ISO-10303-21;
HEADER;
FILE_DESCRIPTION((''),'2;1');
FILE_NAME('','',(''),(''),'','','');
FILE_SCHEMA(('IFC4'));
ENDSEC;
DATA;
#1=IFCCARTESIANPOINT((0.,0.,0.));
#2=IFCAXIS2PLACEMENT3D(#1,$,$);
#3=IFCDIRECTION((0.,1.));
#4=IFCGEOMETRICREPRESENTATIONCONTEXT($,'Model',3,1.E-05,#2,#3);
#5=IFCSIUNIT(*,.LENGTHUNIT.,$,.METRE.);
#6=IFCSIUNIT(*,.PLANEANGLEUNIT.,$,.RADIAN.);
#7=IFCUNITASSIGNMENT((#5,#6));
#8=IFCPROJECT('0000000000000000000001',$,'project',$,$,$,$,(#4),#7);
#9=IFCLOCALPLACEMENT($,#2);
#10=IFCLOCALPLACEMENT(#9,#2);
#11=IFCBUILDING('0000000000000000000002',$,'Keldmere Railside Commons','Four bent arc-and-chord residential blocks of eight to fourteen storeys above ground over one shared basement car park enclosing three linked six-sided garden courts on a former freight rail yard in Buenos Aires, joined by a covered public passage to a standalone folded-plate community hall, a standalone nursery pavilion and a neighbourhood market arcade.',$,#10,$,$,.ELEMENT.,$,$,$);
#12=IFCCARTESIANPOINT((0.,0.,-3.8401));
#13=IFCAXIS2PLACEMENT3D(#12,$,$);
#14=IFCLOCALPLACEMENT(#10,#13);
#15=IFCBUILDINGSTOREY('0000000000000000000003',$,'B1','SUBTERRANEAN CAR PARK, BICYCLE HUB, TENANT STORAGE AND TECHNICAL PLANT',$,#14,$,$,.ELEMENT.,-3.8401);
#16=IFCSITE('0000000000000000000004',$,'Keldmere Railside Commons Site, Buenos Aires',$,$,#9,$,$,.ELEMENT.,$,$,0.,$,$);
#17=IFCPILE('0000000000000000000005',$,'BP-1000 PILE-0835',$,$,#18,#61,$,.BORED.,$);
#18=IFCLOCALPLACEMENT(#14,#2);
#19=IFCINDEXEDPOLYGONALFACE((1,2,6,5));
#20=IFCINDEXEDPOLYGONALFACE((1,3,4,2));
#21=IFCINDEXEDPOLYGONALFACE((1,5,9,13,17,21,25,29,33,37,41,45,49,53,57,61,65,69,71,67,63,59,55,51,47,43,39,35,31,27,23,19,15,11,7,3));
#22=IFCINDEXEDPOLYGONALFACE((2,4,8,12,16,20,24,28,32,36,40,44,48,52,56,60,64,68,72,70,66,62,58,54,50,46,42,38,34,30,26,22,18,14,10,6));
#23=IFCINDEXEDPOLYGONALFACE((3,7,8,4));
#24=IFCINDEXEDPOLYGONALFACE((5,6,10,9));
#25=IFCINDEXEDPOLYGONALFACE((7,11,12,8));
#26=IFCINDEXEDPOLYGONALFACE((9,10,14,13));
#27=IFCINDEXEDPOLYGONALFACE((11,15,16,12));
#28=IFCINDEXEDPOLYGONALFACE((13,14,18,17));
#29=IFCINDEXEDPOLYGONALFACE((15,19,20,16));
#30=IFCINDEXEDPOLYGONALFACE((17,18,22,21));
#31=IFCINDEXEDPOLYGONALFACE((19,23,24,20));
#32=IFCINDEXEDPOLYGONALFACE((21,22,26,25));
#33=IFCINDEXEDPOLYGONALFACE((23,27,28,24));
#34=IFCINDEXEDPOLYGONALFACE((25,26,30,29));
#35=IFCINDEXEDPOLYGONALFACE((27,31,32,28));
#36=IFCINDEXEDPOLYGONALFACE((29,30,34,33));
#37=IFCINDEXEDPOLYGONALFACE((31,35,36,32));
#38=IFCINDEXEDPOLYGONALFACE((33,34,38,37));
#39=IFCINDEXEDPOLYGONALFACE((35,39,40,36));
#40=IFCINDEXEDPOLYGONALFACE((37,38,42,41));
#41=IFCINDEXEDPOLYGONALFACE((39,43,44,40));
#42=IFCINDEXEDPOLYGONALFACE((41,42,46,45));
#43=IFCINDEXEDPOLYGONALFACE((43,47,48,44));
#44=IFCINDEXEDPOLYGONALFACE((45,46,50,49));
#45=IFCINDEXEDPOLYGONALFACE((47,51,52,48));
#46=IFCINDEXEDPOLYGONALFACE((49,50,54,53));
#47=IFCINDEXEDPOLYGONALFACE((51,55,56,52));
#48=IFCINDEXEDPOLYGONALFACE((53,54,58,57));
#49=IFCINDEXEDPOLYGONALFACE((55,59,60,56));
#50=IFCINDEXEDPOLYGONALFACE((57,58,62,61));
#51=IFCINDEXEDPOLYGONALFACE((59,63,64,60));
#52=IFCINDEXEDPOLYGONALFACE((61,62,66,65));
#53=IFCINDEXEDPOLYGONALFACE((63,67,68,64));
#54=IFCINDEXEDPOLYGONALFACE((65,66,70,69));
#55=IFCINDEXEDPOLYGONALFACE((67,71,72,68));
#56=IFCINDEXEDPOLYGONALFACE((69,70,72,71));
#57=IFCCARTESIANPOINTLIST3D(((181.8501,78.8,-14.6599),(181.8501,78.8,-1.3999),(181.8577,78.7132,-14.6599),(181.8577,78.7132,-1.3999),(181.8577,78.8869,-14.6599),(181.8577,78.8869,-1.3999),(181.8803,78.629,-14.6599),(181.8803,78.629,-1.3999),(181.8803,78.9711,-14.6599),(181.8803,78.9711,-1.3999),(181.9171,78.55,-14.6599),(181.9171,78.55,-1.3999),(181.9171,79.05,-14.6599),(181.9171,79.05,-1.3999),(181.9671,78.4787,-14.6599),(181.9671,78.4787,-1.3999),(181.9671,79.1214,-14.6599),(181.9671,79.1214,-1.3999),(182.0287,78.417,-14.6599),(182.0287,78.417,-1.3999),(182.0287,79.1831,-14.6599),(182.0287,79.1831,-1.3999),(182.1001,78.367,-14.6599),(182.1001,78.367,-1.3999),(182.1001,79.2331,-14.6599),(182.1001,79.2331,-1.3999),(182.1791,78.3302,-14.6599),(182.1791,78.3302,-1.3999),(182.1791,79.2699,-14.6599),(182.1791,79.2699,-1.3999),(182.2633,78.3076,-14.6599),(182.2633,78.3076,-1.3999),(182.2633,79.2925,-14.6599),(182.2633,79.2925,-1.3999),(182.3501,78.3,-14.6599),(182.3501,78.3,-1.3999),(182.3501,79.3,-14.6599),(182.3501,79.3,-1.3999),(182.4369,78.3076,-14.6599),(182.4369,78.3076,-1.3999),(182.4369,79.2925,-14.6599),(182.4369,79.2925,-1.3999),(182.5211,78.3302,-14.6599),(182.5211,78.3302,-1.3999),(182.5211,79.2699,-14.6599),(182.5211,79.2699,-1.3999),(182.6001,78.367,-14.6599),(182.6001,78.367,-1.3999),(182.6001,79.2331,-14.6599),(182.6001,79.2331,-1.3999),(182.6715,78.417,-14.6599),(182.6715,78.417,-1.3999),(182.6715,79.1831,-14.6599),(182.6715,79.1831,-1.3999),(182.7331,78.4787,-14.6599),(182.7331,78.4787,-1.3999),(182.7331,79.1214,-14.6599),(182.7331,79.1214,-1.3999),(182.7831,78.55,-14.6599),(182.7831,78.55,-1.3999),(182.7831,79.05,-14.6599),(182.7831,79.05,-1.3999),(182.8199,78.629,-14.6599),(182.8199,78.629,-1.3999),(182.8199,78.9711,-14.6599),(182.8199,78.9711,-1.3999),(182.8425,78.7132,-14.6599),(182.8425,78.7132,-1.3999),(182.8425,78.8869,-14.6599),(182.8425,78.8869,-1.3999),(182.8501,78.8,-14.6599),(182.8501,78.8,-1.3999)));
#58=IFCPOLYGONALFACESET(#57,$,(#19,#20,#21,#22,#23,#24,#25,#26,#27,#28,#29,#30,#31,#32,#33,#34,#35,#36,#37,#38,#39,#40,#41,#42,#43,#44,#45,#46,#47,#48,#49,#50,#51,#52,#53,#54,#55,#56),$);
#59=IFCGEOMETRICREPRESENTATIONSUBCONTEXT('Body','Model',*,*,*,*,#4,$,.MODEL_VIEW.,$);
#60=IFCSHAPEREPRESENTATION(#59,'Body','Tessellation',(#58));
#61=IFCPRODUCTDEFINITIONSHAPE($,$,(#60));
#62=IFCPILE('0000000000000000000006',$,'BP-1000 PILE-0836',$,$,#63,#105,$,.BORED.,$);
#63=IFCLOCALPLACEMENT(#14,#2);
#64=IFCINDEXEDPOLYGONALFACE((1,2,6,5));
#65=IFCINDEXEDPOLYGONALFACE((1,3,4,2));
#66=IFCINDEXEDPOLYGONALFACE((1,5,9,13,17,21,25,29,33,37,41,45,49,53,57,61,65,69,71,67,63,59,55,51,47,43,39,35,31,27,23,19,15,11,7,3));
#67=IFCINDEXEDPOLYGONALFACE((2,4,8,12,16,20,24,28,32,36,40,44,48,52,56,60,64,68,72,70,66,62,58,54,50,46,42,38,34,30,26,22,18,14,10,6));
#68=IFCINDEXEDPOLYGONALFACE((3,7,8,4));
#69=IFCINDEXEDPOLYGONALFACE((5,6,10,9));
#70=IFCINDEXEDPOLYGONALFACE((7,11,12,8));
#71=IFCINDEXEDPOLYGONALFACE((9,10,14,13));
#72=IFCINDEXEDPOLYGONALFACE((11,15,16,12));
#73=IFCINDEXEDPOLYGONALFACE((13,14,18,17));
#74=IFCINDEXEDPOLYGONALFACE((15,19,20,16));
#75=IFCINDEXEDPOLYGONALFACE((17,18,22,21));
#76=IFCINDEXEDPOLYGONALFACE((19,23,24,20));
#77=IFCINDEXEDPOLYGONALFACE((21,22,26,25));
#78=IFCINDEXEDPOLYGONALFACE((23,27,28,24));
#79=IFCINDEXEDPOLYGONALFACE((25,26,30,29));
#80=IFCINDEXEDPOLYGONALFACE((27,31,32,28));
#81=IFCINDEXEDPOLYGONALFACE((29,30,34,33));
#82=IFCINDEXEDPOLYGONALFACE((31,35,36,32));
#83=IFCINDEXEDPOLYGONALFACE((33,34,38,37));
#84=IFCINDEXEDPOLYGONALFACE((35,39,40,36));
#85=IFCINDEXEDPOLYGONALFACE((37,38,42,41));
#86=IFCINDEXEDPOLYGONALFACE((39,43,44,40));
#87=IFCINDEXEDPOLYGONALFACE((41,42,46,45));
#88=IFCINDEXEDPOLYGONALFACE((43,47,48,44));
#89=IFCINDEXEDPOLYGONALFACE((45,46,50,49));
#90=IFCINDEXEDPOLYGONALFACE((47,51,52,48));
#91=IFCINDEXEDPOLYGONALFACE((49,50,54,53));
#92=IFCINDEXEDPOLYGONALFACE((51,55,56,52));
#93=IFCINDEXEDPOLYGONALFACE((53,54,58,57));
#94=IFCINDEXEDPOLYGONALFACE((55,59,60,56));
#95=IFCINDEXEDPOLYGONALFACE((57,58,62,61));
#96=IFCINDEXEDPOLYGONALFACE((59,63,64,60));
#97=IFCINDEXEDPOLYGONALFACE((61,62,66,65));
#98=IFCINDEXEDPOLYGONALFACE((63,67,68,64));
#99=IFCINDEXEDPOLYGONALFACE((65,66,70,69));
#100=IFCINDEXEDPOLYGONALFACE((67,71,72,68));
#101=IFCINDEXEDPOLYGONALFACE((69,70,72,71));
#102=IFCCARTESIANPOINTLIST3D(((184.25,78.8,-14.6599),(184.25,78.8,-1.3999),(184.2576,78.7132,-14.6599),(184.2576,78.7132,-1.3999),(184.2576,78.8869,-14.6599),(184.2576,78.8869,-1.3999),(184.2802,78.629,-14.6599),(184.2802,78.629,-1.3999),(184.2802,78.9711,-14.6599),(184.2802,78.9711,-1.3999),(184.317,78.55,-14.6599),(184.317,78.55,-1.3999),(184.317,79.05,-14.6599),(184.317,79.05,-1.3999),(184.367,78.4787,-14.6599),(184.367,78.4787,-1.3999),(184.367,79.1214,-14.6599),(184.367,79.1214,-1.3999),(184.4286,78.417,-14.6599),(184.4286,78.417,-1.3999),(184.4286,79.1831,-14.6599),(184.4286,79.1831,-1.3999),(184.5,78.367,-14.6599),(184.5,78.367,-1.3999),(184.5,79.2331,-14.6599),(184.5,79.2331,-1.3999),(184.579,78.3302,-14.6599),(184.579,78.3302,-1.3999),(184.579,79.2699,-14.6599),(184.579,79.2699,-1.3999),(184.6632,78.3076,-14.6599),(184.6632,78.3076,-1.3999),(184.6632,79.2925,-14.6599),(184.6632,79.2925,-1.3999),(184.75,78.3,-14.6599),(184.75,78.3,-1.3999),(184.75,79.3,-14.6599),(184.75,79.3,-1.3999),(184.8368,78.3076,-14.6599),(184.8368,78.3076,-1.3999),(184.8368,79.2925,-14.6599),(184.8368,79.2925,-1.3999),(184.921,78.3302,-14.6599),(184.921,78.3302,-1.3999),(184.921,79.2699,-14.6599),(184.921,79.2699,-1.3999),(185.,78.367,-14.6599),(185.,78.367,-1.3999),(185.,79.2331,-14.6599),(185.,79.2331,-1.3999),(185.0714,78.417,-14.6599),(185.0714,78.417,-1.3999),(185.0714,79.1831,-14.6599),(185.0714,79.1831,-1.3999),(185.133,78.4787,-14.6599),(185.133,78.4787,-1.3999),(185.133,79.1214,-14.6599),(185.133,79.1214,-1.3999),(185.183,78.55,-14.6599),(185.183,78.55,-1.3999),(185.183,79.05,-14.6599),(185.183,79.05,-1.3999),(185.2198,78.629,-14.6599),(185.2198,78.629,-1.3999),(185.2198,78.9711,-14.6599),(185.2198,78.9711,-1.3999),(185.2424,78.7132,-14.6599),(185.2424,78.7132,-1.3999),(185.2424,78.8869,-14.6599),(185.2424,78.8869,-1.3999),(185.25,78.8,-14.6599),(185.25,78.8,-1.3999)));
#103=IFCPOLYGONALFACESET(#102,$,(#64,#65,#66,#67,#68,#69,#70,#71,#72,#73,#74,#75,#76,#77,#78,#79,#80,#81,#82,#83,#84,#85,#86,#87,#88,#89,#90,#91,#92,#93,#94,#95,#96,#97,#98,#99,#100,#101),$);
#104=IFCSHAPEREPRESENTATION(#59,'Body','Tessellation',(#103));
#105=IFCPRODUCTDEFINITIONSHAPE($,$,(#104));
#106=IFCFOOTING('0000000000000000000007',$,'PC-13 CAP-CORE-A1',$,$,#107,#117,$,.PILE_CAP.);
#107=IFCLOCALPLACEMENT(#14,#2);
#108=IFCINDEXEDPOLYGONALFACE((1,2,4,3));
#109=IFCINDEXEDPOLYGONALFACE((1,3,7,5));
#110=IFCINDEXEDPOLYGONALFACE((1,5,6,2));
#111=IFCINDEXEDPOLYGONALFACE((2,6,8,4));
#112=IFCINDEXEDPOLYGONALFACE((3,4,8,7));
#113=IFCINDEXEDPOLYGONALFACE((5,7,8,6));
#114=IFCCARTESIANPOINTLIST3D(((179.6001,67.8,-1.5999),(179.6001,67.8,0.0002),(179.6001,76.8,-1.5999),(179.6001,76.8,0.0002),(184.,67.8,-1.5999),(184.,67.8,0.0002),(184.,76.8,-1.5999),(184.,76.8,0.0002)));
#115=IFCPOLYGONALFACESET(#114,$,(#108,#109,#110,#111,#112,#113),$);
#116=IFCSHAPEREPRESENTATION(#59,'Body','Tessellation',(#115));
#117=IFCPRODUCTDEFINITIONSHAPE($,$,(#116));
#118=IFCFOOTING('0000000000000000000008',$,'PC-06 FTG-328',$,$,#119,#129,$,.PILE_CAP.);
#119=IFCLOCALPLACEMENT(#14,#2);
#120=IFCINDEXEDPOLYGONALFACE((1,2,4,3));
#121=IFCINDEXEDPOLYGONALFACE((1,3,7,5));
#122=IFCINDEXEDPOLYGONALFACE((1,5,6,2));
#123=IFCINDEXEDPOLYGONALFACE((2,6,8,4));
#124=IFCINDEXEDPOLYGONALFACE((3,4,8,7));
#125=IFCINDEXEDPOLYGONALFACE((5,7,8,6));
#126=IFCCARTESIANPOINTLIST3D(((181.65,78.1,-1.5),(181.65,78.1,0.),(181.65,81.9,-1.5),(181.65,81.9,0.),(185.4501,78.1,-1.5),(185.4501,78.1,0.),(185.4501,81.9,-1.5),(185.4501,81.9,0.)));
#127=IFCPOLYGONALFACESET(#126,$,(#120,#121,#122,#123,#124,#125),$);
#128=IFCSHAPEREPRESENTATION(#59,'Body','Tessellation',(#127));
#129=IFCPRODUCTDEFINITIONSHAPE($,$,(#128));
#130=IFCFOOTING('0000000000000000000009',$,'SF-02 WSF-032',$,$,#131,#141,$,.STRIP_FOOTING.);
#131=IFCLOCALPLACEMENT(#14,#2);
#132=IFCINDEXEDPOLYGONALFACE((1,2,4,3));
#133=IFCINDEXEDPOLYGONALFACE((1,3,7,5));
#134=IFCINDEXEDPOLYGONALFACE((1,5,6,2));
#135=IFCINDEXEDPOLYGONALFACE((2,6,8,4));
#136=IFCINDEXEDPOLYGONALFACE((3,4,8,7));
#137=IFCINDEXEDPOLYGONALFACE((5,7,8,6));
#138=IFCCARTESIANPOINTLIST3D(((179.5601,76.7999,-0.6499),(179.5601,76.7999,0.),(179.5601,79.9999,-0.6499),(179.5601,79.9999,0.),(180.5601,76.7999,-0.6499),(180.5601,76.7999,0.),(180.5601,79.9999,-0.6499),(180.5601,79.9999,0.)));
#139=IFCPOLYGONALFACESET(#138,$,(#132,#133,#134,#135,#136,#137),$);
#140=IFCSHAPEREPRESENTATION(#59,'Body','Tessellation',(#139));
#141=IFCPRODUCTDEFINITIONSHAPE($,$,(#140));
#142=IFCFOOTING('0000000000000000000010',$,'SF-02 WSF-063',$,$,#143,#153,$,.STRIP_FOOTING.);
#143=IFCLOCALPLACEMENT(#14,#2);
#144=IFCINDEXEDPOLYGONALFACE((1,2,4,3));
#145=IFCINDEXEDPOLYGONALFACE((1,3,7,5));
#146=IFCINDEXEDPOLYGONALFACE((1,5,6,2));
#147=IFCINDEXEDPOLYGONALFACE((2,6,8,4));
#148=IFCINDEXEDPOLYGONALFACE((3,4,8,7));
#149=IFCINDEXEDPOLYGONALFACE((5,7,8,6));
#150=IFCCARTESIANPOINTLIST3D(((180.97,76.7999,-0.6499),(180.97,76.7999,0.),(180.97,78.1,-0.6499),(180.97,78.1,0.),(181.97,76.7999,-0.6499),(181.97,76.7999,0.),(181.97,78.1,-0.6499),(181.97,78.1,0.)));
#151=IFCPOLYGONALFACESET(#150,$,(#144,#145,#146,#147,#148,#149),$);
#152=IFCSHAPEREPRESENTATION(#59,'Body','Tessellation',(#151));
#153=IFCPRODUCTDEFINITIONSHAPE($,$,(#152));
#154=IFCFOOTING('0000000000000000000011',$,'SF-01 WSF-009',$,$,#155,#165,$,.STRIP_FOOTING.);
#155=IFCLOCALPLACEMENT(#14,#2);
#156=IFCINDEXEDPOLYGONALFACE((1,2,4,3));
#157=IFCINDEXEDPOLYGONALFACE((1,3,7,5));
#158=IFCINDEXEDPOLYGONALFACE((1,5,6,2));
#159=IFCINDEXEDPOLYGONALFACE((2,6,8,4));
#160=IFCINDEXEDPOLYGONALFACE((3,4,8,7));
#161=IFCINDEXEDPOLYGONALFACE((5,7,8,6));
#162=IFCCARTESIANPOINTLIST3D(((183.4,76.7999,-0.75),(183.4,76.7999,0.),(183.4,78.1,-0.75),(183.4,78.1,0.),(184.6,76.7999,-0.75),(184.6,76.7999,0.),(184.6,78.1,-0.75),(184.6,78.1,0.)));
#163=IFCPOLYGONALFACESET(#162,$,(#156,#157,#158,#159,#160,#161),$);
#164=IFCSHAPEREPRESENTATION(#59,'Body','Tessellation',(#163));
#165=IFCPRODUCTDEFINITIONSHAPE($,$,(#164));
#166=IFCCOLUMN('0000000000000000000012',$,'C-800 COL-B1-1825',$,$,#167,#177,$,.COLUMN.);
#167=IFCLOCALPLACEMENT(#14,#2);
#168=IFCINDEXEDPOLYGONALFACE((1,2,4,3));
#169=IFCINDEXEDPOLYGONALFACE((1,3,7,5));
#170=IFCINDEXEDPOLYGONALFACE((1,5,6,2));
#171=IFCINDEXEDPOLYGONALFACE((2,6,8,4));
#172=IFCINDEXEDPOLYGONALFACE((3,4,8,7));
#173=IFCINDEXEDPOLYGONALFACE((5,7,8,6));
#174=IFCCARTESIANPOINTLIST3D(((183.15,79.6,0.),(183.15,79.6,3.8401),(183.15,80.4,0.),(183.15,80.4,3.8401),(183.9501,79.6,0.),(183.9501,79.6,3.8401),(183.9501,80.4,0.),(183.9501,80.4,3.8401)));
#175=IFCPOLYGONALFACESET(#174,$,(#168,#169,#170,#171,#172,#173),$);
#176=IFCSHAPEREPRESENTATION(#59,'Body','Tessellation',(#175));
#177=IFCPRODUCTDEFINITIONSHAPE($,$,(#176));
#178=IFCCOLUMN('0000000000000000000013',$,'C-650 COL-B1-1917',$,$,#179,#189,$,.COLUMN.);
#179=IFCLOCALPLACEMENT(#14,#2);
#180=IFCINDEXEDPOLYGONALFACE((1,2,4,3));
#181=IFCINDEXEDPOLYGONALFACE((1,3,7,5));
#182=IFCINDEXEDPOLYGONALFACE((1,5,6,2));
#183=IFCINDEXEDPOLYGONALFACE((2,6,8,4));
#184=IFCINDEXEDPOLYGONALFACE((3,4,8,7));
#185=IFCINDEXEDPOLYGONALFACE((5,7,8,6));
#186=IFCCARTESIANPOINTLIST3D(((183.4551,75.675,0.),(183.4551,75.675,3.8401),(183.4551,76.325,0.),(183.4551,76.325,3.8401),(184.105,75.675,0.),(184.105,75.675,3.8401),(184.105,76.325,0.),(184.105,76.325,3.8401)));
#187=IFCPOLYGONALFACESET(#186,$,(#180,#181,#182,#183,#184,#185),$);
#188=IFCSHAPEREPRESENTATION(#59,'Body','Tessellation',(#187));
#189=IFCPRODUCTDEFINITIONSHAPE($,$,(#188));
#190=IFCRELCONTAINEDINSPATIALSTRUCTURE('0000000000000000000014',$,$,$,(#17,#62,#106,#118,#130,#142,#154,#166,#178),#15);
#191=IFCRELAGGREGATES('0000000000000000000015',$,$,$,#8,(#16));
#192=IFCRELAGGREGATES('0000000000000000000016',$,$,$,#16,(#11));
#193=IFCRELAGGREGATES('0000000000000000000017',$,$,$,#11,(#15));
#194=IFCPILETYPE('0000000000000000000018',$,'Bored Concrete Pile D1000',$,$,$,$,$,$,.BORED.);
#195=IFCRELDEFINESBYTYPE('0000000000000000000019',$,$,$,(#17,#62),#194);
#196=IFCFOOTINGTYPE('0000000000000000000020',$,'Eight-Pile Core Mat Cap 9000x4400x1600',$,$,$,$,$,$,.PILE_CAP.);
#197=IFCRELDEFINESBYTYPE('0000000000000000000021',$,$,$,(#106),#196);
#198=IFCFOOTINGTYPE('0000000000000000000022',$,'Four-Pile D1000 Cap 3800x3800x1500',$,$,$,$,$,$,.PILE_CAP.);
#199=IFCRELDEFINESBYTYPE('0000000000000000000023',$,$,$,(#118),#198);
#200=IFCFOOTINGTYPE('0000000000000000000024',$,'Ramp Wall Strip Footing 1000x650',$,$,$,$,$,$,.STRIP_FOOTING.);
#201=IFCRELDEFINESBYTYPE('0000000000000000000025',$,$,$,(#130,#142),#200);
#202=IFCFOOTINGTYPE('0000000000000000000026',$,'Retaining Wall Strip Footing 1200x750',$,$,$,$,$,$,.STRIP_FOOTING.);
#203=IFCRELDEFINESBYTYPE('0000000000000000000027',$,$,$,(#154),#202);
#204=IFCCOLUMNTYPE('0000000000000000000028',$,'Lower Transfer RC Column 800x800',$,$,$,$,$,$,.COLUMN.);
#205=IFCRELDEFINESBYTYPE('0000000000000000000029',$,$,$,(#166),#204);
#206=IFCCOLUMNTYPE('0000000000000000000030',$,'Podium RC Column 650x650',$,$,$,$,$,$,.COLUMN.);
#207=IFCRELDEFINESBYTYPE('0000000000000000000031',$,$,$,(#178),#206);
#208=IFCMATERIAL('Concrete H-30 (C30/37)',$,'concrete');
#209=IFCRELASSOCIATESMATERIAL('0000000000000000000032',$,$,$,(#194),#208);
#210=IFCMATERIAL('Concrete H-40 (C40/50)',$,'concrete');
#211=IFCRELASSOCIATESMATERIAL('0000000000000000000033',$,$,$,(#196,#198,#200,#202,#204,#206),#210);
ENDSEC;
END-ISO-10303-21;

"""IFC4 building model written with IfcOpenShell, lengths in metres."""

from ifc_helpers import new_model, si_unit, direction, frame, origin, origin_2d, place, context, subcontext, project, spatial, rectangle, circle, extrude, material, material_profile, profile_set, type_object, element, save


model = new_model("IFC4")

# Units and contexts
model_context = context("Model", 3, precision=1e-05, world=origin(), true_north=direction((0.0, 1.0)))
body_context = subcontext(model_context, "Body", "Model", "MODEL_VIEW")
ifc_project = project(units=[si_unit("LENGTHUNIT", "METRE"), si_unit("PLANEANGLEUNIT", "RADIAN")], contexts=[model_context])

# Site, building, storey
site_placement = place(None, origin())
site = spatial("IfcSite", under=ifc_project, at=site_placement, Name="Keldmere Railside Commons Site, Buenos Aires", CompositionType="ELEMENT", RefElevation=0.0)
building_placement = place(site_placement, origin())
building = spatial("IfcBuilding", under=site, at=building_placement, Name="Keldmere Railside Commons", Description="Four bent arc-and-chord residential blocks of eight to fourteen storeys above ground over one shared basement car park enclosing three linked six-sided garden courts on a former freight rail yard in Buenos Aires, joined by a covered public passage to a standalone folded-plate community hall, a standalone nursery pavilion and a neighbourhood market arcade.", CompositionType="ELEMENT")
storey_placement = place(building_placement, frame((0.0, 0.0, -3.8401)))
storey = spatial("IfcBuildingStorey", under=building, at=storey_placement, Name="B1", Description="SUBTERRANEAN CAR PARK, BICYCLE HUB, TENANT STORAGE AND TECHNICAL PLANT", CompositionType="ELEMENT", Elevation=-3.8401)

# Piles
ifc_material_1 = material(Name="Concrete H-30 (C30/37)", Category="concrete")
ifc_material_profile_1 = material_profile(ifc_material_1, circle(Radius=0.5, at=origin_2d()), Name="PILE-D1000")
ifc_profile_set_1 = profile_set([ifc_material_profile_1], Name="Concrete H-30 (C30/37)")
pile_type = type_object("IfcPileType", Name="Bored Concrete Pile D1000", PredefinedType="BORED", material=ifc_profile_set_1)
for number, where, z_axis, x_axis, name in (
    (1, (182.3501, 78.8, -1.3999), (0.0, 0.0, -1.0), (1.0, 0.0, 0.0), "BP-1000 PILE-0835"),
    (2, (184.75, 78.8, -1.3999), (0.0, 0.0, -1.0), (1.0, 0.0, 0.0), "BP-1000 PILE-0836"),
):
    element("IfcPile", number, at=place(storey_placement, frame(where, z_axis=z_axis, x_axis=x_axis)), inside=storey, type_object=pile_type, Name=name, PredefinedType="BORED", context=body_context, shape_type="SweptSolid", body=[
        extrude(circle(Radius=0.5, at=origin_2d()), origin(), (0.0, 0.0, 1.0), 13.26),
    ])

# Footings
ifc_material_2 = material(Name="Concrete H-40 (C40/50)", Category="concrete")
footing_type_1 = type_object("IfcFootingType", Name="Eight-Pile Core Mat Cap 9000x4400x1600", PredefinedType="PILE_CAP", material=ifc_material_2)
footing_1_placement = place(storey_placement, frame((181.8, 72.3, -1.5999), z_axis=(0.0, 0.0, 1.0), x_axis=(0.0, 1.0, 0.0)))
element("IfcFooting", 3, at=footing_1_placement, inside=storey, type_object=footing_type_1, Name="PC-13 CAP-CORE-A1", PredefinedType="PILE_CAP", context=body_context, shape_type="SweptSolid", body=[
    extrude(rectangle(XDim=9.0, YDim=4.3999, at=origin_2d()), origin(), (0.0, 0.0, 1.0), 1.6001),
])
footing_type_2 = type_object("IfcFootingType", Name="Four-Pile D1000 Cap 3800x3800x1500", PredefinedType="PILE_CAP", material=ifc_material_2)
footing_2_placement = place(storey_placement, frame((183.55, 80.0, -1.5), z_axis=(0.0, 0.0, 1.0), x_axis=(1.0, 0.0, 0.0)))
element("IfcFooting", 4, at=footing_2_placement, inside=storey, type_object=footing_type_2, Name="PC-06 FTG-328", PredefinedType="PILE_CAP", context=body_context, shape_type="SweptSolid", body=[
    extrude(rectangle(XDim=3.8, YDim=3.8, at=origin_2d()), origin(), (0.0, 0.0, 1.0), 1.5),
])
footing_type_3 = type_object("IfcFootingType", Name="Ramp Wall Strip Footing 1000x650", PredefinedType="STRIP_FOOTING", material=ifc_material_2)
footing_3_placement = place(storey_placement, frame((180.0601, 78.3999, -0.6499), z_axis=(0.0, 0.0, 1.0), x_axis=(0.0, 1.0, 0.0)))
element("IfcFooting", 5, at=footing_3_placement, inside=storey, type_object=footing_type_3, Name="SF-02 WSF-032", PredefinedType="STRIP_FOOTING", context=body_context, shape_type="SweptSolid", body=[
    extrude(rectangle(XDim=3.2, YDim=1.0, at=origin_2d()), origin(), (0.0, 0.0, 1.0), 0.6499),
])
footing_4_placement = place(storey_placement, frame((181.47, 77.45, -0.6499), z_axis=(0.0, 0.0, 1.0), x_axis=(0.0, 1.0, 0.0)))
element("IfcFooting", 6, at=footing_4_placement, inside=storey, type_object=footing_type_3, Name="SF-02 WSF-063", PredefinedType="STRIP_FOOTING", context=body_context, shape_type="SweptSolid", body=[
    extrude(rectangle(XDim=1.3, YDim=1.0, at=origin_2d()), origin(), (0.0, 0.0, 1.0), 0.6499),
])
footing_type_4 = type_object("IfcFootingType", Name="Retaining Wall Strip Footing 1200x750", PredefinedType="STRIP_FOOTING", material=ifc_material_2)
footing_5_placement = place(storey_placement, frame((184.0, 77.45, -0.75), z_axis=(0.0, 0.0, 1.0), x_axis=(0.0, 1.0, 0.0)))
element("IfcFooting", 7, at=footing_5_placement, inside=storey, type_object=footing_type_4, Name="SF-01 WSF-009", PredefinedType="STRIP_FOOTING", context=body_context, shape_type="SweptSolid", body=[
    extrude(rectangle(XDim=1.3, YDim=1.2, at=origin_2d()), origin(), (0.0, 0.0, 1.0), 0.75),
])

# Columns
ifc_material_profile_2 = material_profile(ifc_material_2, rectangle(XDim=0.8, YDim=0.8, at=origin_2d()), Name="RC-800x800")
ifc_profile_set_2 = profile_set([ifc_material_profile_2], Name="Concrete H-40 (C40/50)")
column_type_1 = type_object("IfcColumnType", Name="Lower Transfer RC Column 800x800", PredefinedType="COLUMN", material=ifc_profile_set_2)
column_1_placement = place(storey_placement, frame((183.55, 80.0, 0.0), z_axis=(0.0, 0.0, 1.0), x_axis=(1.0, 0.0, 0.0)))
element("IfcColumn", 8, at=column_1_placement, inside=storey, type_object=column_type_1, Name="C-800 COL-B1-1825", PredefinedType="COLUMN", context=body_context, shape_type="SweptSolid", body=[
    extrude(rectangle(XDim=0.8, YDim=0.8, at=origin_2d()), origin(), (0.0, 0.0, 1.0), 3.8401),
])
ifc_material_profile_3 = material_profile(ifc_material_2, rectangle(XDim=0.6499, YDim=0.6499, at=origin_2d()), Name="RC-650x650")
ifc_profile_set_3 = profile_set([ifc_material_profile_3], Name="Concrete H-40 (C40/50)")
column_type_2 = type_object("IfcColumnType", Name="Podium RC Column 650x650", PredefinedType="COLUMN", material=ifc_profile_set_3)
column_2_placement = place(storey_placement, frame((183.78, 76.0, 0.0), z_axis=(0.0, 0.0, 1.0), x_axis=(1.0, 0.0, 0.0)))
element("IfcColumn", 9, at=column_2_placement, inside=storey, type_object=column_type_2, Name="C-650 COL-B1-1917", PredefinedType="COLUMN", context=body_context, shape_type="SweptSolid", body=[
    extrude(rectangle(XDim=0.6499, YDim=0.6499, at=origin_2d()), origin(), (0.0, 0.0, 1.0), 3.8401),
])

save(model, "model.ifc")
